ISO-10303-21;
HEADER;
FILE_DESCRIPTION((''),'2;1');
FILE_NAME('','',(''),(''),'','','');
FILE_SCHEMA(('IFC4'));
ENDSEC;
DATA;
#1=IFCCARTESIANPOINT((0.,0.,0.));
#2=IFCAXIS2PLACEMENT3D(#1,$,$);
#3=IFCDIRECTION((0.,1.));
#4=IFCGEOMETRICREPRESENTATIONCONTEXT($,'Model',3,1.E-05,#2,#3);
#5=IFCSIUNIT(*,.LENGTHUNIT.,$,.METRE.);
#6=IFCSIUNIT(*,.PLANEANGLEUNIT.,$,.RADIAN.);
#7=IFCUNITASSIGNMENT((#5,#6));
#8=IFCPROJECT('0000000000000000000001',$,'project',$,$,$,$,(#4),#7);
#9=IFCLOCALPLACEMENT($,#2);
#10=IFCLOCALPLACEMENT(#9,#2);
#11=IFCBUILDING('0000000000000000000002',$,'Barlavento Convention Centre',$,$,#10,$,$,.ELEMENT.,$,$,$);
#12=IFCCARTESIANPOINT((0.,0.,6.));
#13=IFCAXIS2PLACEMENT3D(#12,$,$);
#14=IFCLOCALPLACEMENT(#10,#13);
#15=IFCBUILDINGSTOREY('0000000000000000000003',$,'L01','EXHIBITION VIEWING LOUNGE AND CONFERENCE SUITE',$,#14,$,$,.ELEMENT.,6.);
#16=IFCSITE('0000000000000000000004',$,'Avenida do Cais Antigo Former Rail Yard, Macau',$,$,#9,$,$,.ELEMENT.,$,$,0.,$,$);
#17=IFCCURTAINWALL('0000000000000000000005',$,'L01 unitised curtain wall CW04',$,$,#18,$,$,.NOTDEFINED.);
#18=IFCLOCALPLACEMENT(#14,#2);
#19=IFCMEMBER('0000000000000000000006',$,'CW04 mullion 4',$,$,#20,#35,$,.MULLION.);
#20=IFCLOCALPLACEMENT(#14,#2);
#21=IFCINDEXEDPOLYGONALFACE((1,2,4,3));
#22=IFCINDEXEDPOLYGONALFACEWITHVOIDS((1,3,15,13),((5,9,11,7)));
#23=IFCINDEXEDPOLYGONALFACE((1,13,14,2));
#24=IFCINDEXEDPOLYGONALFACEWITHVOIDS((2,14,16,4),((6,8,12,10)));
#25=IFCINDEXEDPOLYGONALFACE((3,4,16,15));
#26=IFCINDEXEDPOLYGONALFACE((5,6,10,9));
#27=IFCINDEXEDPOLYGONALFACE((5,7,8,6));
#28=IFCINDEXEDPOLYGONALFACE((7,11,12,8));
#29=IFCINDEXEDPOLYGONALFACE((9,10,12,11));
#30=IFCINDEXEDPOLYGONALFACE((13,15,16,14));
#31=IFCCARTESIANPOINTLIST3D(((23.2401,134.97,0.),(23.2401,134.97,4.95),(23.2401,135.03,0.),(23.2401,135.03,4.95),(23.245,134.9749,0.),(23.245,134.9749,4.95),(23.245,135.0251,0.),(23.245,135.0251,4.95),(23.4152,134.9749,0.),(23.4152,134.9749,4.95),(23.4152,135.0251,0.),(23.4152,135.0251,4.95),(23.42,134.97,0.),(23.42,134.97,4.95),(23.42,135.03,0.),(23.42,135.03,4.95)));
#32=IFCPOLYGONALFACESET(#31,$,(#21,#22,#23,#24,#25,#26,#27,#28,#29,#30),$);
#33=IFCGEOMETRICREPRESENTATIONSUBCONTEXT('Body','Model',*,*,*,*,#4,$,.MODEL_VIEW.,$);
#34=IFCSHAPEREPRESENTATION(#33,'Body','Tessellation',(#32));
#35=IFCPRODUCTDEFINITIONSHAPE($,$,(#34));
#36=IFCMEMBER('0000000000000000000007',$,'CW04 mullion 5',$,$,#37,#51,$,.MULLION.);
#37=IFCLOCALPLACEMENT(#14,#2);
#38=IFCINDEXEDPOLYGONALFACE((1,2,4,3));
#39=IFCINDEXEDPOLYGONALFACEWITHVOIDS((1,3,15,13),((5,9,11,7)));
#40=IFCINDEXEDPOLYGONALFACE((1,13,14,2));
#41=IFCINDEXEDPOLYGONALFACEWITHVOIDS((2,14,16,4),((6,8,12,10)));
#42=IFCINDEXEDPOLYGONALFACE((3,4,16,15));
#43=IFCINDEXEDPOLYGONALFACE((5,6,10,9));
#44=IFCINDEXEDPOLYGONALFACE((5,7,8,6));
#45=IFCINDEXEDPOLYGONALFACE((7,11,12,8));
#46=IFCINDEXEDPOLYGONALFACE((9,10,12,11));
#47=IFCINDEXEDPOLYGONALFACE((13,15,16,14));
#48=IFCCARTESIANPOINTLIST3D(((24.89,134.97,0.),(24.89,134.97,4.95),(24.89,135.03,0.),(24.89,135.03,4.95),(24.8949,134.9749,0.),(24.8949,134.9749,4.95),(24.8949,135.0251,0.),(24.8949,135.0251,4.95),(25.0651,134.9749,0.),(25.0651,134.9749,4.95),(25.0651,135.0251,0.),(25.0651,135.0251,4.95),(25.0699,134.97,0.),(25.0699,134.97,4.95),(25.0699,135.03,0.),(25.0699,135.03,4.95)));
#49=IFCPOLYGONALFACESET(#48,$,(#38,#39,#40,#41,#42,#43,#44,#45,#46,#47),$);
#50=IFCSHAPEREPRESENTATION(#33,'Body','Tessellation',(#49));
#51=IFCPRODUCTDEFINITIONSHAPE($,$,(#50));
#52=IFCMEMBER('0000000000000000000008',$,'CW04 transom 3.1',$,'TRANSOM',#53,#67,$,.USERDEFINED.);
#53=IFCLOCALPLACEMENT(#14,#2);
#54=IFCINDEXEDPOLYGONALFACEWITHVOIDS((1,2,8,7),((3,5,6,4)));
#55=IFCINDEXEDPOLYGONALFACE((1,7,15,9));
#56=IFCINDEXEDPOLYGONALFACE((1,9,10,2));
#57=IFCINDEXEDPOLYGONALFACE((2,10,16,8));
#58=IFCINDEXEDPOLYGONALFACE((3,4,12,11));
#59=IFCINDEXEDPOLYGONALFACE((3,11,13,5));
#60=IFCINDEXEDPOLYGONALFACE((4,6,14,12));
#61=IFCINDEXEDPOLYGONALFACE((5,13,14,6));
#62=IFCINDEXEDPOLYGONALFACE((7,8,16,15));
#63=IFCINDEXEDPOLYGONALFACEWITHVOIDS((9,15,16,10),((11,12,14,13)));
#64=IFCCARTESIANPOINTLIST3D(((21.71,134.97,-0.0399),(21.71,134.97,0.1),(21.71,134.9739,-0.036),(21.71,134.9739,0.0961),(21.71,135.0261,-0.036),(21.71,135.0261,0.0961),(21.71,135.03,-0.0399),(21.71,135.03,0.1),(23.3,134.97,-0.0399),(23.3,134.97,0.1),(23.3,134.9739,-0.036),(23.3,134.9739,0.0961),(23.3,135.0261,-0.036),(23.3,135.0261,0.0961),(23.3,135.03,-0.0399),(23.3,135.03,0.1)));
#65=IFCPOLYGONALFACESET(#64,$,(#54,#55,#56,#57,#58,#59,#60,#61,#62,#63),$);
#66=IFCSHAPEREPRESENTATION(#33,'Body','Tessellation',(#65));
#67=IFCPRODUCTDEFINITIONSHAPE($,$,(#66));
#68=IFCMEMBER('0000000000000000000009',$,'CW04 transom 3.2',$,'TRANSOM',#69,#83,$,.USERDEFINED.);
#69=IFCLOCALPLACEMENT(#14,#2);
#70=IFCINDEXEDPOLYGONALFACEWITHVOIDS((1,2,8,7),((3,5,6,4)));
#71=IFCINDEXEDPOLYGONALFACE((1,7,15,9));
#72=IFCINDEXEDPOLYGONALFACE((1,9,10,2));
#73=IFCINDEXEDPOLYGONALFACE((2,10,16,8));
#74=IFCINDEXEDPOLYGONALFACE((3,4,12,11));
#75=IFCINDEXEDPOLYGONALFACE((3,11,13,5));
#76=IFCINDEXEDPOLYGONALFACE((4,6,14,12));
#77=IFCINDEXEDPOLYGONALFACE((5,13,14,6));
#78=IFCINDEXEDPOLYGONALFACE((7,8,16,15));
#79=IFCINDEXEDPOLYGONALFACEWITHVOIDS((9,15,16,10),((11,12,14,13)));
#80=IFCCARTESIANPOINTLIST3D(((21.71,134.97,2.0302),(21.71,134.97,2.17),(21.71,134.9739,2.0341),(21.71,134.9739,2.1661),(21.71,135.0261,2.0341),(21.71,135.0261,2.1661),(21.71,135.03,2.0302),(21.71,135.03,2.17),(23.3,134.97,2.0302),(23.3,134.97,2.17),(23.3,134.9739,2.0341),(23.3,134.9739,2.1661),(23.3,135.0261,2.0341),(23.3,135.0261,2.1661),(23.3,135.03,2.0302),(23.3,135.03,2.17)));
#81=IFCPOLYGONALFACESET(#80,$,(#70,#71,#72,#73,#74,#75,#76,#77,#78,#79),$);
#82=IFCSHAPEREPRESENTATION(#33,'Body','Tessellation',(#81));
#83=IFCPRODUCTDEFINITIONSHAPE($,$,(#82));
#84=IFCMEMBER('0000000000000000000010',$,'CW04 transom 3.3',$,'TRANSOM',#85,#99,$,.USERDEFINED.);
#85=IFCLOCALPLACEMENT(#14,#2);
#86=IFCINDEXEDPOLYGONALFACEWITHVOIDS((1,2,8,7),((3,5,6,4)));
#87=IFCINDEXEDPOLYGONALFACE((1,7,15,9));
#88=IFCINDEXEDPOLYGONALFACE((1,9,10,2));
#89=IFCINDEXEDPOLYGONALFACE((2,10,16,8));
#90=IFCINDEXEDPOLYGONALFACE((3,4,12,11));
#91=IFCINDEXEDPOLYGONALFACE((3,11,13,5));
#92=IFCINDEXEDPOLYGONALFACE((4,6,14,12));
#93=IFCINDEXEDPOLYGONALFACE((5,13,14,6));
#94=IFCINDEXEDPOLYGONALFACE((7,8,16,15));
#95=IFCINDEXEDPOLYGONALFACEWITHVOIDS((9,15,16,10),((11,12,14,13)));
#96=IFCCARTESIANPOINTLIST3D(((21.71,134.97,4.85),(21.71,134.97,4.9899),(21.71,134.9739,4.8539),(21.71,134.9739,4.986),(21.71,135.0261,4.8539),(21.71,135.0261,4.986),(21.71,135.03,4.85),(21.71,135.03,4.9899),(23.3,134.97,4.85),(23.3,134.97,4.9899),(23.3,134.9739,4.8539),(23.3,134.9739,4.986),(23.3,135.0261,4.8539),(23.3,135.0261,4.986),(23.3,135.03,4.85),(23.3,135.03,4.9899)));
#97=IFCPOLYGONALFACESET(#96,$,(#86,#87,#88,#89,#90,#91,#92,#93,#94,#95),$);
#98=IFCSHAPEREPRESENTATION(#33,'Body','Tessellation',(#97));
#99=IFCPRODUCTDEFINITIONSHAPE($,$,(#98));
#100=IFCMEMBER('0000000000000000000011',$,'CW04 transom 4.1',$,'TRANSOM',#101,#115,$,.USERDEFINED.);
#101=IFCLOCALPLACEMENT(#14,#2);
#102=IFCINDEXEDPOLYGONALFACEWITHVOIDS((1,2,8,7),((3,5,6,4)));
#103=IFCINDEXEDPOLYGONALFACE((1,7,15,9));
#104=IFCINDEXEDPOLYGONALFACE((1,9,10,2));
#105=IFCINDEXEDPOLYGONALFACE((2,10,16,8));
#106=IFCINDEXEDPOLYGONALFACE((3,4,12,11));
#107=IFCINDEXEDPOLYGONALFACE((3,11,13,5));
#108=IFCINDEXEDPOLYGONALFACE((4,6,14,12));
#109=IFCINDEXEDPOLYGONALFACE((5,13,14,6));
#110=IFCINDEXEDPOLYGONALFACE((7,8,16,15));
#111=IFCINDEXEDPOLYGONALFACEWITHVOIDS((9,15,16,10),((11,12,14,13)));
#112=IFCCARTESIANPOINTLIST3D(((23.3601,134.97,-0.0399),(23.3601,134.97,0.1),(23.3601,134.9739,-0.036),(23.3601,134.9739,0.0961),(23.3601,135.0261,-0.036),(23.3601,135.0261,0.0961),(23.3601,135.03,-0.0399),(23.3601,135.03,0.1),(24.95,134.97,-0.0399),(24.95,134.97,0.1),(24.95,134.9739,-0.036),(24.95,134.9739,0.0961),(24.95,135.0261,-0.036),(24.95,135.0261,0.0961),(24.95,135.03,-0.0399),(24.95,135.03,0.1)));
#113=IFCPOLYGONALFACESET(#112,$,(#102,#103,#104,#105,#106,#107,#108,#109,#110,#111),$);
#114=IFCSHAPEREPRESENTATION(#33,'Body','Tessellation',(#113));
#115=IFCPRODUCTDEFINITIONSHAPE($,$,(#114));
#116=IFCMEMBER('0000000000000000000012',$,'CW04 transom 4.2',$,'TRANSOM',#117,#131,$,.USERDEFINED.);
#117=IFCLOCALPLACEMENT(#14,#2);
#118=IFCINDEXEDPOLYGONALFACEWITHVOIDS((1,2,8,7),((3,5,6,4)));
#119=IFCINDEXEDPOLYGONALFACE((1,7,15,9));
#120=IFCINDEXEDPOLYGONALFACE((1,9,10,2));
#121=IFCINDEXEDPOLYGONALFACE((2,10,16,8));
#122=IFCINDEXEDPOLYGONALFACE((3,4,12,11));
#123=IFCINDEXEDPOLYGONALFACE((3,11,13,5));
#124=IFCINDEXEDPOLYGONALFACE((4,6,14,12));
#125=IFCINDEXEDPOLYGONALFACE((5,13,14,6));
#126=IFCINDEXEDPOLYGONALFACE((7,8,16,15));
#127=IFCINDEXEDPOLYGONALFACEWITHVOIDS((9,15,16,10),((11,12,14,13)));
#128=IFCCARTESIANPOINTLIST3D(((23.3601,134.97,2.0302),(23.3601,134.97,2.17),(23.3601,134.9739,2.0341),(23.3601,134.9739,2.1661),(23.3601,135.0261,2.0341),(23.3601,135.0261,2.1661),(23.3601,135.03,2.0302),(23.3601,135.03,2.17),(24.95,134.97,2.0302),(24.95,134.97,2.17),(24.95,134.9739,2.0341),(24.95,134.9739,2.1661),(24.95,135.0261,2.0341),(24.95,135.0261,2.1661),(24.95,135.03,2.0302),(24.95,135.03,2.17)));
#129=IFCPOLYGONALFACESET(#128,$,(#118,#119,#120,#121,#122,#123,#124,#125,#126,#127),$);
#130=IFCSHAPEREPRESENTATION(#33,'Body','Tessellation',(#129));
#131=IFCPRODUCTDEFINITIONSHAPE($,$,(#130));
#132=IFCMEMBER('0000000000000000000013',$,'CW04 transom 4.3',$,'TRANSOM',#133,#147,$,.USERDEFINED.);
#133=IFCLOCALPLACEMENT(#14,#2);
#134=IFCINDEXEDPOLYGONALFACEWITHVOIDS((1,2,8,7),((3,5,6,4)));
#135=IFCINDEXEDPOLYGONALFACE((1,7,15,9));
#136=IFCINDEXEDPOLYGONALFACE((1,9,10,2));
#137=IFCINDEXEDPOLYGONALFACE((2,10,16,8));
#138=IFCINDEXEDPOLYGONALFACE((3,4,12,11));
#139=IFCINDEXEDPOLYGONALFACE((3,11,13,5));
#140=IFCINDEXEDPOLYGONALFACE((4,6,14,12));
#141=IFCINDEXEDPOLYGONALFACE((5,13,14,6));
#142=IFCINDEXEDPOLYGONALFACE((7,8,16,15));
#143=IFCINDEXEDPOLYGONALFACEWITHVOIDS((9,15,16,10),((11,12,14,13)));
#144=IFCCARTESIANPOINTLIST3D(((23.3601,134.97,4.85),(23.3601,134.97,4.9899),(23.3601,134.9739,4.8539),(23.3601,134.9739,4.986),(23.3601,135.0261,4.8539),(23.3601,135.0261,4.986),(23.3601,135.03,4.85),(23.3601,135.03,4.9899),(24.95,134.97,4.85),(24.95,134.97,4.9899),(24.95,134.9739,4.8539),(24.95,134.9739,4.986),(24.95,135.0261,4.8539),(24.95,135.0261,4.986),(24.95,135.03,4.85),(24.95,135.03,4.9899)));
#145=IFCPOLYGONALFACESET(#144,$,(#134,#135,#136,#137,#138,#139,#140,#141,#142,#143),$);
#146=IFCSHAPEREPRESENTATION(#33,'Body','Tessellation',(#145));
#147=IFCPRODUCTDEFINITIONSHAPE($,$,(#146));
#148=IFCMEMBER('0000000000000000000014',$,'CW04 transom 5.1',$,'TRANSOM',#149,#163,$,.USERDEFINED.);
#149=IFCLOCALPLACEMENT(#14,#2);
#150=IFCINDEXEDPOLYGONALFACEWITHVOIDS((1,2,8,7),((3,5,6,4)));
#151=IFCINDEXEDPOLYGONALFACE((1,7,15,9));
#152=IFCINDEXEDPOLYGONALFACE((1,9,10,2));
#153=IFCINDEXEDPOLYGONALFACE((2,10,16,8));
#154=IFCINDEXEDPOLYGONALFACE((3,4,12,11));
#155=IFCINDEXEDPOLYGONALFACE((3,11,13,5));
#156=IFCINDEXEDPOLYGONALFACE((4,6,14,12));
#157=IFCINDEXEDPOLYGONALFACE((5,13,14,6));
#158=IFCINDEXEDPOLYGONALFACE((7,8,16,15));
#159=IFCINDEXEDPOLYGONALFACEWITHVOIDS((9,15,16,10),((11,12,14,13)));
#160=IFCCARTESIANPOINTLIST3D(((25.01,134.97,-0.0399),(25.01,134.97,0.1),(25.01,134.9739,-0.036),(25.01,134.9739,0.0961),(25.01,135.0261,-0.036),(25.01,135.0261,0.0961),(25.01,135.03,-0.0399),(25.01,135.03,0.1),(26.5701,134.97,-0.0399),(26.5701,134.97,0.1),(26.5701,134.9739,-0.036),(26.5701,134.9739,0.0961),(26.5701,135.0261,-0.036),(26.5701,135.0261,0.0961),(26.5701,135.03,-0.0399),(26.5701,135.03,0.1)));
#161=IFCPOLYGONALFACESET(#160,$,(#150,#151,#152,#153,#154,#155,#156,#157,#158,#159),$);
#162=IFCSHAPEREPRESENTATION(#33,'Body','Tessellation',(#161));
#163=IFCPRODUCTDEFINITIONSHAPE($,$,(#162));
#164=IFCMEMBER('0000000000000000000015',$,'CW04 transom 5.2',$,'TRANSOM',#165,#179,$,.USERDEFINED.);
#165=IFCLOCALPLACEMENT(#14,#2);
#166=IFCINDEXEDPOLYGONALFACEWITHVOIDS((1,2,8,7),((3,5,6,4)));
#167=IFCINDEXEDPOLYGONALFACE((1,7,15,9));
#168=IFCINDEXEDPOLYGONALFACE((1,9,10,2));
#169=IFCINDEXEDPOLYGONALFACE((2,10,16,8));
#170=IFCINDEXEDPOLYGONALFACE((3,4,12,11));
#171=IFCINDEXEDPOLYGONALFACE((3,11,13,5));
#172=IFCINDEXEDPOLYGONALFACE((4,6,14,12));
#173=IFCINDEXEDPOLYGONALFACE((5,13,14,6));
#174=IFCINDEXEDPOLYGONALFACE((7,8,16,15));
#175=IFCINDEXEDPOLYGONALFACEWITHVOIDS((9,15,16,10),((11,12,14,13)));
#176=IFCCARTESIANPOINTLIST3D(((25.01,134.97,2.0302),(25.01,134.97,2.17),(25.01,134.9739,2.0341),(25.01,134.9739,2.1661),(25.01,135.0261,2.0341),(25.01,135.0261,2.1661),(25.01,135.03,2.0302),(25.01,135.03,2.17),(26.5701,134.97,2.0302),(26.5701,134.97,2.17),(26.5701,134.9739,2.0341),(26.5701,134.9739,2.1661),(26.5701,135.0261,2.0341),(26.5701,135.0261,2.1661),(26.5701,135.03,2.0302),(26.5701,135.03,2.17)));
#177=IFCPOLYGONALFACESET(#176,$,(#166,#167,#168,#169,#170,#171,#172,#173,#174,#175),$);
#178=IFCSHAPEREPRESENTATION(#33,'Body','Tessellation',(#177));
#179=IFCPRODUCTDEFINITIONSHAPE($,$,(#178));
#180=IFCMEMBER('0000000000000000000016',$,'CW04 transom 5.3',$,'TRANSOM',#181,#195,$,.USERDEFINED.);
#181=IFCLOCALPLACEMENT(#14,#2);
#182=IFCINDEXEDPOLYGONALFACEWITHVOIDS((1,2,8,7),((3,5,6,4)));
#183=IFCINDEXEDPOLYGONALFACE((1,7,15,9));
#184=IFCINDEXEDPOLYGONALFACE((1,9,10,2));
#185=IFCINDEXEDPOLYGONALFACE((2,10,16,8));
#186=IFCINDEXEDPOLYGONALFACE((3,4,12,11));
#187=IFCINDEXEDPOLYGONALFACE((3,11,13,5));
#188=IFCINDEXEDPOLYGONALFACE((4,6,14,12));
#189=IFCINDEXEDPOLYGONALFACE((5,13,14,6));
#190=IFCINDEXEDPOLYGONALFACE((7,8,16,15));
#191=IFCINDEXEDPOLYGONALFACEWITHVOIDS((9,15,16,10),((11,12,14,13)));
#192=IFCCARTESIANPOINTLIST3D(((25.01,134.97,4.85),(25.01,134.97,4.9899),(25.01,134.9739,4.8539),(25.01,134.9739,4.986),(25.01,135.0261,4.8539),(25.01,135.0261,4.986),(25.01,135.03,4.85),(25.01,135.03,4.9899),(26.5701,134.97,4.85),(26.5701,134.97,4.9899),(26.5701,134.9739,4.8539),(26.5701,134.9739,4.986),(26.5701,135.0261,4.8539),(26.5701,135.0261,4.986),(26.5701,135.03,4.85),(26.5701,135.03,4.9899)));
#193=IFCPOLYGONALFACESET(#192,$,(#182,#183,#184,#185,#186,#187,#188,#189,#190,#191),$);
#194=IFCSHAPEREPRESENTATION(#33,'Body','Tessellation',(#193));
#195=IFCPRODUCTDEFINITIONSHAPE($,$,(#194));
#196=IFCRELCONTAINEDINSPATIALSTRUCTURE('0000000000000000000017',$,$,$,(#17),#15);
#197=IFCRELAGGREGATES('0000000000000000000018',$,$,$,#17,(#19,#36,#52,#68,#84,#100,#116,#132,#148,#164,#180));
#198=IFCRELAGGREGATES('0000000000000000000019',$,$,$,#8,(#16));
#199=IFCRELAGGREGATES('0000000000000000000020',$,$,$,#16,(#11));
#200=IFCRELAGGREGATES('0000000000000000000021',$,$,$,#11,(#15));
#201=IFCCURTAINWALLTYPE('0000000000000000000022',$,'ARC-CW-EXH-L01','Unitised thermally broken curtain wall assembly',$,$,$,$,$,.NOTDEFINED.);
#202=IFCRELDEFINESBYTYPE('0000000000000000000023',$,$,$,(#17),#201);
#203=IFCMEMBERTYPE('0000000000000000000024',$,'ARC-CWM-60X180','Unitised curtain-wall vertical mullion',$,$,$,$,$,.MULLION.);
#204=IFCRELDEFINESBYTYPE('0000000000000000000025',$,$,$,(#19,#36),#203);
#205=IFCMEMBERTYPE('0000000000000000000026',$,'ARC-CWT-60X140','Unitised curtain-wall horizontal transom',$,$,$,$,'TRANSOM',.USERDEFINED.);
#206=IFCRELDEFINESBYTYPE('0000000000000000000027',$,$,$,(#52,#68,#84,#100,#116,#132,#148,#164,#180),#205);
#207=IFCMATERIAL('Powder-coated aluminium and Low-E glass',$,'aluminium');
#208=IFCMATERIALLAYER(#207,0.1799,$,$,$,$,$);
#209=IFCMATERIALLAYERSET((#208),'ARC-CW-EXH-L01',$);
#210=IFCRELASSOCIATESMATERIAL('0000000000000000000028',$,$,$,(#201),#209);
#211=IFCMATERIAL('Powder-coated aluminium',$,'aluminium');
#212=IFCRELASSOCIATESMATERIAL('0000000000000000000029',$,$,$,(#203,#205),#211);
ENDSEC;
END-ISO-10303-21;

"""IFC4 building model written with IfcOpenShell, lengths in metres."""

from ifc_helpers import new_model, si_unit, direction, frame, origin, origin_2d, place, context, subcontext, project, spatial, hollow_rectangle, extrude, material, layer, layer_set, material_profile, profile_set, type_object, element, aggregate, save


model = new_model("IFC4")

# Units and contexts
model_context = context("Model", 3, precision=1e-05, world=origin(), true_north=direction((0.0, 1.0)))
body_context = subcontext(model_context, "Body", "Model", "MODEL_VIEW")
ifc_project = project(units=[si_unit("LENGTHUNIT", "METRE"), si_unit("PLANEANGLEUNIT", "RADIAN")], contexts=[model_context])

# Site, building, storey
site_placement = place(None, origin())
site = spatial("IfcSite", under=ifc_project, at=site_placement, Name="Avenida do Cais Antigo Former Rail Yard, Macau", CompositionType="ELEMENT", RefElevation=0.0)
building_placement = place(site_placement, origin())
building = spatial("IfcBuilding", under=site, at=building_placement, Name="Barlavento Convention Centre", CompositionType="ELEMENT")
storey_placement = place(building_placement, frame((0.0, 0.0, 6.0)))
storey = spatial("IfcBuildingStorey", under=building, at=storey_placement, Name="L01", Description="EXHIBITION VIEWING LOUNGE AND CONFERENCE SUITE", CompositionType="ELEMENT", Elevation=6.0)

# Curtain wall, members
ifc_material_1 = material(Name="Powder-coated aluminium and Low-E glass", Category="aluminium")
ifc_layer_1 = layer(ifc_material_1, 0.1799)
ifc_layer_set_1 = layer_set([ifc_layer_1], Name="ARC-CW-EXH-L01")
curtain_wall_type = type_object("IfcCurtainWallType", Name="ARC-CW-EXH-L01", Description="Unitised thermally broken curtain wall assembly", PredefinedType="NOTDEFINED", material=ifc_layer_set_1)
curtain_wall_placement = place(storey_placement, origin())
curtain_wall = element("IfcCurtainWall", 1, at=curtain_wall_placement, inside=storey, type_object=curtain_wall_type, Name="L01 unitised curtain wall CW04", PredefinedType="NOTDEFINED")
ifc_material_2 = material(Name="Powder-coated aluminium", Category="aluminium")
ifc_material_profile_1 = material_profile(ifc_material_2, hollow_rectangle(XDim=0.0601, YDim=0.1799, WallThickness=0.0049, at=origin_2d()), Name="AL-MULL 60x180x5")
ifc_profile_set_1 = profile_set([ifc_material_profile_1], Name="Powder-coated aluminium")
member_type_1 = type_object("IfcMemberType", Name="ARC-CWM-60X180", Description="Unitised curtain-wall vertical mullion", PredefinedType="MULLION", material=ifc_profile_set_1)
member_1_placement = place(storey_placement, frame((23.3301, 135.0, 0.0), z_axis=(0.0, 0.0, 1.0), x_axis=(0.0, 1.0, 0.0)))
member_1 = element("IfcMember", 2, at=member_1_placement, type_object=member_type_1, Name="CW04 mullion 4", PredefinedType="MULLION", context=body_context, shape_type="SweptSolid", body=[
    extrude(hollow_rectangle(XDim=0.0601, YDim=0.1799, WallThickness=0.0049, at=origin_2d()), origin(), (0.0, 0.0, 1.0), 4.95),
])
member_2_placement = place(storey_placement, frame((24.98, 135.0, 0.0), z_axis=(0.0, 0.0, 1.0), x_axis=(0.0, 1.0, 0.0)))
member_2 = element("IfcMember", 3, at=member_2_placement, type_object=member_type_1, Name="CW04 mullion 5", PredefinedType="MULLION", context=body_context, shape_type="SweptSolid", body=[
    extrude(hollow_rectangle(XDim=0.0601, YDim=0.1799, WallThickness=0.0049, at=origin_2d()), origin(), (0.0, 0.0, 1.0), 4.95),
])
ifc_material_profile_2 = material_profile(ifc_material_2, hollow_rectangle(XDim=0.0601, YDim=0.1399, WallThickness=0.0039, at=origin_2d()), Name="AL-TRAN 60x140x4")
ifc_profile_set_2 = profile_set([ifc_material_profile_2], Name="Powder-coated aluminium")
member_type_2 = type_object("IfcMemberType", Name="ARC-CWT-60X140", Description="Unitised curtain-wall horizontal transom", ElementType="TRANSOM", PredefinedType="USERDEFINED", material=ifc_profile_set_2)
member_3_placement = place(storey_placement, frame((21.71, 135.0, 0.03), z_axis=(1.0, 0.0, 0.0), x_axis=(0.0, 1.0, 0.0)))
member_3 = element("IfcMember", 4, at=member_3_placement, type_object=member_type_2, Name="CW04 transom 3.1", ObjectType="TRANSOM", PredefinedType="USERDEFINED", context=body_context, shape_type="SweptSolid", body=[
    extrude(hollow_rectangle(XDim=0.0601, YDim=0.1399, WallThickness=0.0039, at=origin_2d()), origin(), (0.0, 0.0, 1.0), 1.5901),
])
member_4_placement = place(storey_placement, frame((21.71, 135.0, 2.1001), z_axis=(1.0, 0.0, 0.0), x_axis=(0.0, 1.0, 0.0)))
member_4 = element("IfcMember", 5, at=member_4_placement, type_object=member_type_2, Name="CW04 transom 3.2", ObjectType="TRANSOM", PredefinedType="USERDEFINED", context=body_context, shape_type="SweptSolid", body=[
    extrude(hollow_rectangle(XDim=0.0601, YDim=0.1399, WallThickness=0.0039, at=origin_2d()), origin(), (0.0, 0.0, 1.0), 1.5901),
])
member_5_placement = place(storey_placement, frame((21.71, 135.0, 4.9199), z_axis=(1.0, 0.0, 0.0), x_axis=(0.0, 1.0, 0.0)))
member_5 = element("IfcMember", 6, at=member_5_placement, type_object=member_type_2, Name="CW04 transom 3.3", ObjectType="TRANSOM", PredefinedType="USERDEFINED", context=body_context, shape_type="SweptSolid", body=[
    extrude(hollow_rectangle(XDim=0.0601, YDim=0.1399, WallThickness=0.0039, at=origin_2d()), origin(), (0.0, 0.0, 1.0), 1.5901),
])
member_6_placement = place(storey_placement, frame((23.3601, 135.0, 0.03), z_axis=(1.0, 0.0, 0.0), x_axis=(0.0, 1.0, 0.0)))
member_6 = element("IfcMember", 7, at=member_6_placement, type_object=member_type_2, Name="CW04 transom 4.1", ObjectType="TRANSOM", PredefinedType="USERDEFINED", context=body_context, shape_type="SweptSolid", body=[
    extrude(hollow_rectangle(XDim=0.0601, YDim=0.1399, WallThickness=0.0039, at=origin_2d()), origin(), (0.0, 0.0, 1.0), 1.5898),
])
member_7_placement = place(storey_placement, frame((23.3601, 135.0, 2.1001), z_axis=(1.0, 0.0, 0.0), x_axis=(0.0, 1.0, 0.0)))
member_7 = element("IfcMember", 8, at=member_7_placement, type_object=member_type_2, Name="CW04 transom 4.2", ObjectType="TRANSOM", PredefinedType="USERDEFINED", context=body_context, shape_type="SweptSolid", body=[
    extrude(hollow_rectangle(XDim=0.0601, YDim=0.1399, WallThickness=0.0039, at=origin_2d()), origin(), (0.0, 0.0, 1.0), 1.5898),
])
member_8_placement = place(storey_placement, frame((23.3601, 135.0, 4.9199), z_axis=(1.0, 0.0, 0.0), x_axis=(0.0, 1.0, 0.0)))
member_8 = element("IfcMember", 9, at=member_8_placement, type_object=member_type_2, Name="CW04 transom 4.3", ObjectType="TRANSOM", PredefinedType="USERDEFINED", context=body_context, shape_type="SweptSolid", body=[
    extrude(hollow_rectangle(XDim=0.0601, YDim=0.1399, WallThickness=0.0039, at=origin_2d()), origin(), (0.0, 0.0, 1.0), 1.5898),
])
member_9_placement = place(storey_placement, frame((25.01, 135.0, 0.03), z_axis=(1.0, 0.0, 0.0), x_axis=(0.0, 1.0, 0.0)))
member_9 = element("IfcMember", 10, at=member_9_placement, type_object=member_type_2, Name="CW04 transom 5.1", ObjectType="TRANSOM", PredefinedType="USERDEFINED", context=body_context, shape_type="SweptSolid", body=[
    extrude(hollow_rectangle(XDim=0.0601, YDim=0.1399, WallThickness=0.0039, at=origin_2d()), origin(), (0.0, 0.0, 1.0), 1.5601),
])
member_10_placement = place(storey_placement, frame((25.01, 135.0, 2.1001), z_axis=(1.0, 0.0, 0.0), x_axis=(0.0, 1.0, 0.0)))
member_10 = element("IfcMember", 11, at=member_10_placement, type_object=member_type_2, Name="CW04 transom 5.2", ObjectType="TRANSOM", PredefinedType="USERDEFINED", context=body_context, shape_type="SweptSolid", body=[
    extrude(hollow_rectangle(XDim=0.0601, YDim=0.1399, WallThickness=0.0039, at=origin_2d()), origin(), (0.0, 0.0, 1.0), 1.5601),
])
member_11_placement = place(storey_placement, frame((25.01, 135.0, 4.9199), z_axis=(1.0, 0.0, 0.0), x_axis=(0.0, 1.0, 0.0)))
member_11 = element("IfcMember", 12, at=member_11_placement, type_object=member_type_2, Name="CW04 transom 5.3", ObjectType="TRANSOM", PredefinedType="USERDEFINED", context=body_context, shape_type="SweptSolid", body=[
    extrude(hollow_rectangle(XDim=0.0601, YDim=0.1399, WallThickness=0.0039, at=origin_2d()), origin(), (0.0, 0.0, 1.0), 1.5601),
])
aggregate(curtain_wall, [member_1, member_2, member_3, member_4, member_5, member_6, member_7, member_8, member_9, member_10, member_11])

save(model, "model.ifc")
